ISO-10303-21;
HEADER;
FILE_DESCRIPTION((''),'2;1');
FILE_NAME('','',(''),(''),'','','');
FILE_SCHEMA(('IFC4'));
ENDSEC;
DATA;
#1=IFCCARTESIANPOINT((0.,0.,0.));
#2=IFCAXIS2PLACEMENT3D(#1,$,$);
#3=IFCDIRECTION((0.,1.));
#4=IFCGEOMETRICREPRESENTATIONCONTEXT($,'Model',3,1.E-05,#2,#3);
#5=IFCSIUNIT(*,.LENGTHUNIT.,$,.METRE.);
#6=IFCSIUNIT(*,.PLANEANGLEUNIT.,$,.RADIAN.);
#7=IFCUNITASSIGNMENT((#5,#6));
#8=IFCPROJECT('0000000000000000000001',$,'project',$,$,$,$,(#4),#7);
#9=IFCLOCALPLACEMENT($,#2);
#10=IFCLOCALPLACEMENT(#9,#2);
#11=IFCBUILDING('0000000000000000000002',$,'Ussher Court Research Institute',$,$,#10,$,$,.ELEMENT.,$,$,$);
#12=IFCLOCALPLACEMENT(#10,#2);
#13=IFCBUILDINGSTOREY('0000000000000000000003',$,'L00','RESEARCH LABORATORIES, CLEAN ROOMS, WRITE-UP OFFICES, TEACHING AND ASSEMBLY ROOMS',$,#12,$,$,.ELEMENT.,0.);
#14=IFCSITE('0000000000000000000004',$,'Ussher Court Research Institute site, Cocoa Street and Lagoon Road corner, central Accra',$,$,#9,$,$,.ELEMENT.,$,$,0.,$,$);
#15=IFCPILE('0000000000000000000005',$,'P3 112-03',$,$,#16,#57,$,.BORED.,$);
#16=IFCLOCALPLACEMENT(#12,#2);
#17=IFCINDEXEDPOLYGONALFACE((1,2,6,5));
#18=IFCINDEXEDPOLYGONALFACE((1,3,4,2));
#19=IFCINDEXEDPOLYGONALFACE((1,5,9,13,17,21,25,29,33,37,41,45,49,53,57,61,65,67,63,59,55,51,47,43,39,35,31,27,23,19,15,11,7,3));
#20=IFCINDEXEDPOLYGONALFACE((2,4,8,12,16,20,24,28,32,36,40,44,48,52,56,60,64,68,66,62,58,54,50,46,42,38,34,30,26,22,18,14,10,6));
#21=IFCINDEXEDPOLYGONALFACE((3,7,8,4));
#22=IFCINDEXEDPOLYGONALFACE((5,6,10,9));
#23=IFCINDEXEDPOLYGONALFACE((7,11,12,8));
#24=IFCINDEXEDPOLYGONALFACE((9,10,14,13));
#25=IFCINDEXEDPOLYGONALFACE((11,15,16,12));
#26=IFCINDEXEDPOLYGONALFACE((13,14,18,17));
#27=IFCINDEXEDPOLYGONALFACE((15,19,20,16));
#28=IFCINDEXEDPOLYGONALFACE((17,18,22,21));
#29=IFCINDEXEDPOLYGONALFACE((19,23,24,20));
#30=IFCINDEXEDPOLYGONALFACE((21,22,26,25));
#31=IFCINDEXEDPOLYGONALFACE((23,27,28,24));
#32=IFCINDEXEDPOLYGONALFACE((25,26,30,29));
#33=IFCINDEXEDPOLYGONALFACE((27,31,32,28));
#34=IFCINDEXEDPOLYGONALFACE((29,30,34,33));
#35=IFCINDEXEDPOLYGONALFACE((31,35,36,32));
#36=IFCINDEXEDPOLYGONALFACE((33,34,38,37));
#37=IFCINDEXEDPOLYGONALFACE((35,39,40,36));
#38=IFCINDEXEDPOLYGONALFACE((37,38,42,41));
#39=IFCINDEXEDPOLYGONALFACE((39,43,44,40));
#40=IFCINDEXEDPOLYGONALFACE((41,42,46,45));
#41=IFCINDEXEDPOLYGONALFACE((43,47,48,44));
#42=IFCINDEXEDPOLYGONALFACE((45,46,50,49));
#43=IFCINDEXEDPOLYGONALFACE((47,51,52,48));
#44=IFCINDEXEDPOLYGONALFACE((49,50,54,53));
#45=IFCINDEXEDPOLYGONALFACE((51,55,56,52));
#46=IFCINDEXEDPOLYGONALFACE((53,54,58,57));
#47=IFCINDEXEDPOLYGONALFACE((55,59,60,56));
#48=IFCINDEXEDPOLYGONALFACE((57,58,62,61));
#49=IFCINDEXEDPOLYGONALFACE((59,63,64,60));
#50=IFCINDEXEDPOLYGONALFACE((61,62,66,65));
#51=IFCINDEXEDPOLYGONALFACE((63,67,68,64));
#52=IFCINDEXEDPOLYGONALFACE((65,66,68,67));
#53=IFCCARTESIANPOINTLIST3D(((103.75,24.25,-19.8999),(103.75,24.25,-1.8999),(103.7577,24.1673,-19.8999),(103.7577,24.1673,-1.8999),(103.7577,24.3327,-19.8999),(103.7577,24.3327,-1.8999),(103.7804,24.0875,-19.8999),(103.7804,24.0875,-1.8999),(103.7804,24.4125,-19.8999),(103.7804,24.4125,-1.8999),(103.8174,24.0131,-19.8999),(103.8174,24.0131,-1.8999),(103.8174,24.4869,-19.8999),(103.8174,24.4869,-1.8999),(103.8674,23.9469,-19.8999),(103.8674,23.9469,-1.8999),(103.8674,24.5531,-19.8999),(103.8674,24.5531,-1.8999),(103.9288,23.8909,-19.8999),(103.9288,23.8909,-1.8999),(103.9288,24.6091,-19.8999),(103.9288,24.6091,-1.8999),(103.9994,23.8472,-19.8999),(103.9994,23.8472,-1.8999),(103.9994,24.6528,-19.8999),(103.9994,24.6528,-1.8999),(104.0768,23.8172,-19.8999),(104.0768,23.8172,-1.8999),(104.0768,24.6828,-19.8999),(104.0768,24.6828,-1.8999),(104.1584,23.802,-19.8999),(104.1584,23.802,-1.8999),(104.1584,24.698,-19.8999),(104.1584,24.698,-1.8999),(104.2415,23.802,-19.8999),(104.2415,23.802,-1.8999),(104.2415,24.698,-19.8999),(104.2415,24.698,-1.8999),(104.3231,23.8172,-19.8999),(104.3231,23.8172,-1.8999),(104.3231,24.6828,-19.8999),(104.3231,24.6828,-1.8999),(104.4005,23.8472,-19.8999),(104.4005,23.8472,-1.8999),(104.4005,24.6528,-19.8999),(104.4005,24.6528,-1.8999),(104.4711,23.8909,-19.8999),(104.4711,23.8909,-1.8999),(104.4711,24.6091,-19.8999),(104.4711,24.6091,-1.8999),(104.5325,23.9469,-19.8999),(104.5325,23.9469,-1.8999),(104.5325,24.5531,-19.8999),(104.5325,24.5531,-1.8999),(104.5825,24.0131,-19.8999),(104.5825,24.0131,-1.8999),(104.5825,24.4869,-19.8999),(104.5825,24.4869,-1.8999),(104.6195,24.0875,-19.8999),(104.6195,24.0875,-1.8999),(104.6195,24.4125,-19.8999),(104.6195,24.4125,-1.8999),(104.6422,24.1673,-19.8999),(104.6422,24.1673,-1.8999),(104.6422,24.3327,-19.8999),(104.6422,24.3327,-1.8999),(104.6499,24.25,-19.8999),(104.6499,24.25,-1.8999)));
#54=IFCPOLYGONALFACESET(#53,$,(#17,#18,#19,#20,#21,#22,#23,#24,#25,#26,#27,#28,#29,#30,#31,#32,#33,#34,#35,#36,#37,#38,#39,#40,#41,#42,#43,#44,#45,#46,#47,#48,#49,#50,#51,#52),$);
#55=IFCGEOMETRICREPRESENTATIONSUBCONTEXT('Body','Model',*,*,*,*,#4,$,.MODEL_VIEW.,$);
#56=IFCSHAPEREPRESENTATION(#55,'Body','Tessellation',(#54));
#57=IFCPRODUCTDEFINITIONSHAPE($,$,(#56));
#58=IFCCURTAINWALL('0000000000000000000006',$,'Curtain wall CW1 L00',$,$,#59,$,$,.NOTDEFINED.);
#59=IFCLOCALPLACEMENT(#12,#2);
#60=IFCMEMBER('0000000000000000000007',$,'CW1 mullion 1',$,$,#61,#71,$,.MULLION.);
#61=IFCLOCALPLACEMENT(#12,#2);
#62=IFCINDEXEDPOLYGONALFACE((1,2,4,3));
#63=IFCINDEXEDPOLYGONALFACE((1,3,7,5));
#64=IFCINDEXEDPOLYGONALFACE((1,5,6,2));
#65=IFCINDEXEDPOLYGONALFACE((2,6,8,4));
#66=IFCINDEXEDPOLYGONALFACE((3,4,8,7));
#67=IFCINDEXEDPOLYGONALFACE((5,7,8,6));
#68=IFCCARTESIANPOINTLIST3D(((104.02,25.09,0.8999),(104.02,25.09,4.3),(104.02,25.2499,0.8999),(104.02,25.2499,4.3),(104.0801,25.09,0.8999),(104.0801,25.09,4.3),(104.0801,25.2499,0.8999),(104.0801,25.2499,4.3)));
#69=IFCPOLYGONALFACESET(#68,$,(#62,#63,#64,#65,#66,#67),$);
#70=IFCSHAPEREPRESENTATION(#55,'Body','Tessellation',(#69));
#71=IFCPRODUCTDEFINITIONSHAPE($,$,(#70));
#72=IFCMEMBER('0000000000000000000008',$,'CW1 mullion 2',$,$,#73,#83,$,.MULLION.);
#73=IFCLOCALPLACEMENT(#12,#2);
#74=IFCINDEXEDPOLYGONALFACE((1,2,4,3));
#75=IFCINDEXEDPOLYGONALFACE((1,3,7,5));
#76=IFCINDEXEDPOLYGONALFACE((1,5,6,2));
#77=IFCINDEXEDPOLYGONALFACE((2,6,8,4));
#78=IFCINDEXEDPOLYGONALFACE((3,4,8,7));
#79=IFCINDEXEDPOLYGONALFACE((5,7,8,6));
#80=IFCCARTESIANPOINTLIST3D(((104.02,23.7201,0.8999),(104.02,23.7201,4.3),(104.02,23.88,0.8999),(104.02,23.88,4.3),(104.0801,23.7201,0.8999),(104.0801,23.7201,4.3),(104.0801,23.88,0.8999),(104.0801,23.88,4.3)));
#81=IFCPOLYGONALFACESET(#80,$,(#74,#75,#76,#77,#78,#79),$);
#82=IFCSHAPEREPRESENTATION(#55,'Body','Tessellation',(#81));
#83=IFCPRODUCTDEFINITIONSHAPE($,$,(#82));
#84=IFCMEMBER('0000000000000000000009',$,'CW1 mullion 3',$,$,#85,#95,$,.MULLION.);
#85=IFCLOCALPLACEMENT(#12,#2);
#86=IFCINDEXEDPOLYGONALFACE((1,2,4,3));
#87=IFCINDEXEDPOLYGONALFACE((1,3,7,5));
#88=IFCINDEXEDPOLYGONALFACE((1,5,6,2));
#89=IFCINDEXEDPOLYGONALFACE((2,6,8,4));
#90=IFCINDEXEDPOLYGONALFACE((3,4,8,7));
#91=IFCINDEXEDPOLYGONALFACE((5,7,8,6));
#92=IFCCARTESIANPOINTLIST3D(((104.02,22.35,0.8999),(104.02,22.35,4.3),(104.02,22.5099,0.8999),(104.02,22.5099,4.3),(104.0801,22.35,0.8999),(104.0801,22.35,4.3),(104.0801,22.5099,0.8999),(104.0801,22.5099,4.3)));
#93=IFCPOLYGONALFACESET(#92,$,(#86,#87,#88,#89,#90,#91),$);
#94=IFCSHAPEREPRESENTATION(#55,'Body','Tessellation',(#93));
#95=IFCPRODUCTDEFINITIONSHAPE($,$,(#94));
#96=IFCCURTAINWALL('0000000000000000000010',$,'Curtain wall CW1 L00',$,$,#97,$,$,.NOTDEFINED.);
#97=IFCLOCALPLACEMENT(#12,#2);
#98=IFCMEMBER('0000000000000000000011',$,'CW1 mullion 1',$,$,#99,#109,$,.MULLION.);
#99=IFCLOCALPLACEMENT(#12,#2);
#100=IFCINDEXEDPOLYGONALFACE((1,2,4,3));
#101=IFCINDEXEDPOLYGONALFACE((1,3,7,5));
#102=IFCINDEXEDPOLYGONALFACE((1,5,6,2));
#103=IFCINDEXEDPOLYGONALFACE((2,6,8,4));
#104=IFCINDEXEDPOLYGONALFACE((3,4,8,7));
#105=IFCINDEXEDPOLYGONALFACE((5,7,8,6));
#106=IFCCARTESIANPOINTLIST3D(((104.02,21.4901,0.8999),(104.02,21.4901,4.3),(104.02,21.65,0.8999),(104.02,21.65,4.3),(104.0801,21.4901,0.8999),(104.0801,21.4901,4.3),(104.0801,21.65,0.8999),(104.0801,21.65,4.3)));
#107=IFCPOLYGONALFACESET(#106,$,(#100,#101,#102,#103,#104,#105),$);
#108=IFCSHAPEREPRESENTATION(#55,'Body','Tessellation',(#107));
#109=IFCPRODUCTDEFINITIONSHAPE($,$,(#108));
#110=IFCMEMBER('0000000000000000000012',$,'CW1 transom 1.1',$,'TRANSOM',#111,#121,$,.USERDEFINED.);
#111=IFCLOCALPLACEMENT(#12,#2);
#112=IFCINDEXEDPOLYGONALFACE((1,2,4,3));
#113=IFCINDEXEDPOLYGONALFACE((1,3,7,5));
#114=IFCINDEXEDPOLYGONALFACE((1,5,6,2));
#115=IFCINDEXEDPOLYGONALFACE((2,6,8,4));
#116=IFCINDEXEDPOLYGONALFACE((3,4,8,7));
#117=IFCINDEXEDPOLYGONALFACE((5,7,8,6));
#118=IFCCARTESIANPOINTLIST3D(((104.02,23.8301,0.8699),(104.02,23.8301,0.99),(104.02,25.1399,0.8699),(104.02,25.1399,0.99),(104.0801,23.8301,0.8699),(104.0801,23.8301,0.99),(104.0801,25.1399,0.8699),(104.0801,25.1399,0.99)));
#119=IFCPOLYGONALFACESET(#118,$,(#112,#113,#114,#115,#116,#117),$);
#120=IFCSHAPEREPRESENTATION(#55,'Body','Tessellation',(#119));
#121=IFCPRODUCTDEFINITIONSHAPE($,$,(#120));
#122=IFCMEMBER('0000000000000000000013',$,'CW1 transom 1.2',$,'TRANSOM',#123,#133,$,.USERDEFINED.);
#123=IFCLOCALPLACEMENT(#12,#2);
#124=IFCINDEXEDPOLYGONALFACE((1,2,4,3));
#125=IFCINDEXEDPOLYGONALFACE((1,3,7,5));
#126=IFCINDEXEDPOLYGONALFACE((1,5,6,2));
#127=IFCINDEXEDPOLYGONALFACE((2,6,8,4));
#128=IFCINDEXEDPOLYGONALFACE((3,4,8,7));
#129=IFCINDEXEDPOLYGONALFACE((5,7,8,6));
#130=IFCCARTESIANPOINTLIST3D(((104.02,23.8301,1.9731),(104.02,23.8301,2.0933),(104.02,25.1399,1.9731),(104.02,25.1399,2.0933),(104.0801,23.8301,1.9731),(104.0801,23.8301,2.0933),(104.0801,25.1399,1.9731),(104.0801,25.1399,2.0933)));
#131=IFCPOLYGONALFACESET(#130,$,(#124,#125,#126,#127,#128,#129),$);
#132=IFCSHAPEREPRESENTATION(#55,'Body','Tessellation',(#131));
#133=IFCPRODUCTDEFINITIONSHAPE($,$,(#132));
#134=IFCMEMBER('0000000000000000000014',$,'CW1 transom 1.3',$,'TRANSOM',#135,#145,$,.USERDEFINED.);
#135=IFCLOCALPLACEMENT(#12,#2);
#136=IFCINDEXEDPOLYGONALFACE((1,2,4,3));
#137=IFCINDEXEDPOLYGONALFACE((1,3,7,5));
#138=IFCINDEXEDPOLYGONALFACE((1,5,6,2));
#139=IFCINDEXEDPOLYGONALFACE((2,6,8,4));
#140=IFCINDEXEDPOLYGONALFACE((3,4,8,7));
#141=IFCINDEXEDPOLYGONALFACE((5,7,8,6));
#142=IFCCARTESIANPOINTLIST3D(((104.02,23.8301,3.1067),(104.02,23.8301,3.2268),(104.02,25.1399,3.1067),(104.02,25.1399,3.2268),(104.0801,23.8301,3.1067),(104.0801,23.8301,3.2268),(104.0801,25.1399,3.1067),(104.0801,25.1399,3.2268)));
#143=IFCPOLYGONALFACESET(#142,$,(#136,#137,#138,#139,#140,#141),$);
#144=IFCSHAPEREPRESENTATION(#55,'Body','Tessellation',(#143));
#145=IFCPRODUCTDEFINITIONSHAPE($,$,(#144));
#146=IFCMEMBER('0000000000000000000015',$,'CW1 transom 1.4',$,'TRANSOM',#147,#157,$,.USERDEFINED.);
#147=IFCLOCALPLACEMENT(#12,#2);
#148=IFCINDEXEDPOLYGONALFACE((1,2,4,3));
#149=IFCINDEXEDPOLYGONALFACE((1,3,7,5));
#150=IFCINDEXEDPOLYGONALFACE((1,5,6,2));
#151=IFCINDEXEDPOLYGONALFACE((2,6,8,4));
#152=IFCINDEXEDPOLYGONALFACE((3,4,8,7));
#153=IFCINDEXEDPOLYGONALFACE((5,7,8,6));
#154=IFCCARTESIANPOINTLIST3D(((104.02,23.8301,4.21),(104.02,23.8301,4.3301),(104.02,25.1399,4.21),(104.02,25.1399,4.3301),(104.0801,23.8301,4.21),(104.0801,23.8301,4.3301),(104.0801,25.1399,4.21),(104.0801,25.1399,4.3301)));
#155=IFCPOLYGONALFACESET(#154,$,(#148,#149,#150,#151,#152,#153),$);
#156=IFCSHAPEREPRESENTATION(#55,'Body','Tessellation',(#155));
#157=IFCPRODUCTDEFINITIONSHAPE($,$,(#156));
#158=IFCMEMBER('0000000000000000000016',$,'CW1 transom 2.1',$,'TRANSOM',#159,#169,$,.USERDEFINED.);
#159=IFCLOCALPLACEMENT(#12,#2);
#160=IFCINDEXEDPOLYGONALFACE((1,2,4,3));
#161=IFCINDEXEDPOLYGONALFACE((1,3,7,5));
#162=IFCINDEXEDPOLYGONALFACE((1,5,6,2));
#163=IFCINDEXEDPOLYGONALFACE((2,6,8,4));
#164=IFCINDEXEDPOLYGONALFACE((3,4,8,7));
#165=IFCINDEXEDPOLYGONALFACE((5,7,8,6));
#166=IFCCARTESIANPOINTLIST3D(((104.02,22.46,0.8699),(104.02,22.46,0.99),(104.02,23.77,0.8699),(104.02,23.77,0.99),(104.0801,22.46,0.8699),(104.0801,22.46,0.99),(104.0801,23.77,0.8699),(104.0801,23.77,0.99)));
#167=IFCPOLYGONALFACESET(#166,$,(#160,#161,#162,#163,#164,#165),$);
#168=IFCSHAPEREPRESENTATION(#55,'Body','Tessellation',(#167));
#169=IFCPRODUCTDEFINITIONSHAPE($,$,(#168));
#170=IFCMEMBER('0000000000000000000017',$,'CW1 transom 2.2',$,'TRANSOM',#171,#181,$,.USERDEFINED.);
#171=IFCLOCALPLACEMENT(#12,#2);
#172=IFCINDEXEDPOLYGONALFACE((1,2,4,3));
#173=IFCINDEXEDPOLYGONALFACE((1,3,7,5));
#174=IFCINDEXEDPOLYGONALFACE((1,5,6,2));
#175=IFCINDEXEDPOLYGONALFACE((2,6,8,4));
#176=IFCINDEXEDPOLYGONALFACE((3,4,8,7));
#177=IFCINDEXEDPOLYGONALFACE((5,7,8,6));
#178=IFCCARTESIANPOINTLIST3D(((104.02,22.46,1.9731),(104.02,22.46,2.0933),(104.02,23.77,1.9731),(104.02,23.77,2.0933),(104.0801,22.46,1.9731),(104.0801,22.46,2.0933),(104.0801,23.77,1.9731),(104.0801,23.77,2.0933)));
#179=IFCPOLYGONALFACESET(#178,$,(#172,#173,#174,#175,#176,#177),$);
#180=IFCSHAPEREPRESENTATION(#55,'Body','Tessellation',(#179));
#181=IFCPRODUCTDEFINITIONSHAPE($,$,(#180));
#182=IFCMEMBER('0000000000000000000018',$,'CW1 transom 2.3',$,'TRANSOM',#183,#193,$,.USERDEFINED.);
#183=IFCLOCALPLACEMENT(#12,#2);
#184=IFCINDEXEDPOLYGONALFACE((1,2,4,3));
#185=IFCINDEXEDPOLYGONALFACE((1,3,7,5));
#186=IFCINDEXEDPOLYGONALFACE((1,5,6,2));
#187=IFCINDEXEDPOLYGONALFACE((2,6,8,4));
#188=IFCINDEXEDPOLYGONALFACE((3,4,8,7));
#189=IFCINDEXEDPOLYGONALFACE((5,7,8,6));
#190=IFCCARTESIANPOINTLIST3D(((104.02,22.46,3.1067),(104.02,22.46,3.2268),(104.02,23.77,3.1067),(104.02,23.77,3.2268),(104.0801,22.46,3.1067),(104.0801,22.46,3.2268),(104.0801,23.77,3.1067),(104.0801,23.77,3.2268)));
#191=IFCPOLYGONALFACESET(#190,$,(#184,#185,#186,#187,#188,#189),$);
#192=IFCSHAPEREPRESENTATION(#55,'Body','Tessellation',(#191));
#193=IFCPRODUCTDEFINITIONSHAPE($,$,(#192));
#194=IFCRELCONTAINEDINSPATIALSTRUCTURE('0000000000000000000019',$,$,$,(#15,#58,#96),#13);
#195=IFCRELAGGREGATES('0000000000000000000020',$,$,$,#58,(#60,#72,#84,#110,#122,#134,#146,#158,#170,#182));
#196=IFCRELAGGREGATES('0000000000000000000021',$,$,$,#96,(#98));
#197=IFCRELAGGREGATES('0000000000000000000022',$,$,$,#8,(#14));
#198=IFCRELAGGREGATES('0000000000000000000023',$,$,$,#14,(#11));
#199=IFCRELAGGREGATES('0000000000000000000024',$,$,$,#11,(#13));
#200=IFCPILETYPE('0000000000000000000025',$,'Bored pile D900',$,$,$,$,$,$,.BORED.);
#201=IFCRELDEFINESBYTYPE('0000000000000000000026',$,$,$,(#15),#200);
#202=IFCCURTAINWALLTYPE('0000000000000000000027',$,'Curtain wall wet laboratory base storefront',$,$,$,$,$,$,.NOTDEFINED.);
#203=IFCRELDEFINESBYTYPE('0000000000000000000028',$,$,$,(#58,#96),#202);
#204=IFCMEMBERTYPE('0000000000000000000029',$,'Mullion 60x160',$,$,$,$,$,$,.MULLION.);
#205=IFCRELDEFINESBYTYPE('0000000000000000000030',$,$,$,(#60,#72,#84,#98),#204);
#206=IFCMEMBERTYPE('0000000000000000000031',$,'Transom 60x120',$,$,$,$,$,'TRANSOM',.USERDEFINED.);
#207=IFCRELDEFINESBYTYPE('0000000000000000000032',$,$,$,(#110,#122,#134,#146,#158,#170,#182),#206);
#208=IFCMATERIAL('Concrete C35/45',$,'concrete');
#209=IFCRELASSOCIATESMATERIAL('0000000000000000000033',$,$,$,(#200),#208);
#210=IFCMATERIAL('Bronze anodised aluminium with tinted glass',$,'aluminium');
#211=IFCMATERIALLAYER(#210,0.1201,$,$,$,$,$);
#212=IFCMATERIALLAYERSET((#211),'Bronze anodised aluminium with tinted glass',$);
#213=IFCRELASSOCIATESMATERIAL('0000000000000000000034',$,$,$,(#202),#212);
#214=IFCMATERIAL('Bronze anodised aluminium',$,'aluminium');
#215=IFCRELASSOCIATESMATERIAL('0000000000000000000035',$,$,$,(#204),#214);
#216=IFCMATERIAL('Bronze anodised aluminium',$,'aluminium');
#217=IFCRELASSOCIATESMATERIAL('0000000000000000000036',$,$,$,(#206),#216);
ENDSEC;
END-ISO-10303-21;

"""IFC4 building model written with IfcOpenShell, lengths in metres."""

from ifc_helpers import new_model, si_unit, direction, frame, origin, origin_2d, place, context, subcontext, project, spatial, rectangle, circle, extrude, material, layer, layer_set, material_profile, profile_set, type_object, element, aggregate, save


model = new_model("IFC4")

# Units and contexts
model_context = context("Model", 3, precision=1e-05, world=origin(), true_north=direction((0.0, 1.0)))
body_context = subcontext(model_context, "Body", "Model", "MODEL_VIEW")
ifc_project = project(units=[si_unit("LENGTHUNIT", "METRE"), si_unit("PLANEANGLEUNIT", "RADIAN")], contexts=[model_context])

# Site, building, storey
site_placement = place(None, origin())
site = spatial("IfcSite", under=ifc_project, at=site_placement, Name="Ussher Court Research Institute site, Cocoa Street and Lagoon Road corner, central Accra", CompositionType="ELEMENT", RefElevation=0.0)
building_placement = place(site_placement, origin())
building = spatial("IfcBuilding", under=site, at=building_placement, Name="Ussher Court Research Institute", CompositionType="ELEMENT")
storey_placement = place(building_placement, origin())
storey = spatial("IfcBuildingStorey", under=building, at=storey_placement, Name="L00", Description="RESEARCH LABORATORIES, CLEAN ROOMS, WRITE-UP OFFICES, TEACHING AND ASSEMBLY ROOMS", CompositionType="ELEMENT", Elevation=0.0)

# Pile
ifc_material_1 = material(Name="Concrete C35/45", Category="concrete")
ifc_material_profile_1 = material_profile(ifc_material_1, circle(Radius=0.45, at=origin_2d()), Name="RC D900")
ifc_profile_set_1 = profile_set([ifc_material_profile_1], Name="Concrete C35/45")
pile_type = type_object("IfcPileType", Name="Bored pile D900", PredefinedType="BORED", material=ifc_profile_set_1)
pile_placement = place(storey_placement, frame((104.2, 24.25, -1.8999), z_axis=(0.0, 0.0, -1.0), x_axis=(1.0, 0.0, 0.0)))
element("IfcPile", 1, at=pile_placement, inside=storey, type_object=pile_type, Name="P3 112-03", PredefinedType="BORED", context=body_context, shape_type="SweptSolid", body=[
    extrude(circle(Radius=0.45, at=origin_2d()), origin(), (0.0, 0.0, 1.0), 18.0),
])

# Curtain wall, members
ifc_material_2 = material(Name="Bronze anodised aluminium with tinted glass", Category="aluminium")
ifc_layer_1 = layer(ifc_material_2, 0.1201)
ifc_layer_set_1 = layer_set([ifc_layer_1], Name="Bronze anodised aluminium with tinted glass")
curtain_wall_type = type_object("IfcCurtainWallType", Name="Curtain wall wet laboratory base storefront", PredefinedType="NOTDEFINED", material=ifc_layer_set_1)
curtain_wall_1_placement = place(storey_placement, origin())
curtain_wall_1 = element("IfcCurtainWall", 2, at=curtain_wall_1_placement, inside=storey, type_object=curtain_wall_type, Name="Curtain wall CW1 L00", PredefinedType="NOTDEFINED")
ifc_material_3 = material(Name="Bronze anodised aluminium", Category="aluminium")
ifc_material_profile_2 = material_profile(ifc_material_3, rectangle(XDim=0.0601, YDim=0.1599, at=origin_2d()), Name="Mullion 60x160")
ifc_profile_set_2 = profile_set([ifc_material_profile_2], Name="Bronze anodised aluminium")
member_type_1 = type_object("IfcMemberType", Name="Mullion 60x160", PredefinedType="MULLION", material=ifc_profile_set_2)
member_1_placement = place(storey_placement, frame((104.05, 25.1699, 0.8999), z_axis=(0.0, 0.0, 1.0), x_axis=(1.0, 0.0, 0.0)))
member_1 = element("IfcMember", 3, at=member_1_placement, type_object=member_type_1, Name="CW1 mullion 1", PredefinedType="MULLION", context=body_context, shape_type="SweptSolid", body=[
    extrude(rectangle(XDim=0.0601, YDim=0.1599, at=origin_2d()), origin(), (0.0, 0.0, 1.0), 3.4001),
])
member_2_placement = place(storey_placement, frame((104.05, 23.8, 0.8999), z_axis=(0.0, 0.0, 1.0), x_axis=(1.0, 0.0, 0.0)))
member_2 = element("IfcMember", 4, at=member_2_placement, type_object=member_type_1, Name="CW1 mullion 2", PredefinedType="MULLION", context=body_context, shape_type="SweptSolid", body=[
    extrude(rectangle(XDim=0.0601, YDim=0.1599, at=origin_2d()), origin(), (0.0, 0.0, 1.0), 3.4001),
])
member_3_placement = place(storey_placement, frame((104.05, 22.4299, 0.8999), z_axis=(0.0, 0.0, 1.0), x_axis=(1.0, 0.0, 0.0)))
member_3 = element("IfcMember", 5, at=member_3_placement, type_object=member_type_1, Name="CW1 mullion 3", PredefinedType="MULLION", context=body_context, shape_type="SweptSolid", body=[
    extrude(rectangle(XDim=0.0601, YDim=0.1599, at=origin_2d()), origin(), (0.0, 0.0, 1.0), 3.4001),
])

# Curtain wall, member
curtain_wall_2_placement = place(storey_placement, origin())
curtain_wall_2 = element("IfcCurtainWall", 6, at=curtain_wall_2_placement, inside=storey, type_object=curtain_wall_type, Name="Curtain wall CW1 L00", PredefinedType="NOTDEFINED")
member_4_placement = place(storey_placement, frame((104.05, 21.5701, 0.8999), z_axis=(0.0, 0.0, 1.0), x_axis=(1.0, 0.0, 0.0)))
member_4 = element("IfcMember", 7, at=member_4_placement, type_object=member_type_1, Name="CW1 mullion 1", PredefinedType="MULLION", context=body_context, shape_type="SweptSolid", body=[
    extrude(rectangle(XDim=0.0601, YDim=0.1599, at=origin_2d()), origin(), (0.0, 0.0, 1.0), 3.4001),
])

# Members
ifc_material_4 = material(Name="Bronze anodised aluminium", Category="aluminium")
ifc_material_profile_3 = material_profile(ifc_material_4, rectangle(XDim=0.0601, YDim=0.1201, at=origin_2d()), Name="Transom 60x120")
ifc_profile_set_3 = profile_set([ifc_material_profile_3], Name="Bronze anodised aluminium")
member_type_2 = type_object("IfcMemberType", Name="Transom 60x120", ElementType="TRANSOM", PredefinedType="USERDEFINED", material=ifc_profile_set_3)
member_5_placement = place(storey_placement, frame((104.05, 25.1399, 0.9299), z_axis=(0.0, -1.0, 0.0), x_axis=(1.0, 0.0, 0.0)))
member_5 = element("IfcMember", 8, at=member_5_placement, type_object=member_type_2, Name="CW1 transom 1.1", ObjectType="TRANSOM", PredefinedType="USERDEFINED", context=body_context, shape_type="SweptSolid", body=[
    extrude(rectangle(XDim=0.0601, YDim=0.1201, at=origin_2d()), origin(), (0.0, 0.0, 1.0), 1.3098),
])
member_6_placement = place(storey_placement, frame((104.05, 25.1399, 2.0332), z_axis=(0.0, -1.0, 0.0), x_axis=(1.0, 0.0, 0.0)))
member_6 = element("IfcMember", 9, at=member_6_placement, type_object=member_type_2, Name="CW1 transom 1.2", ObjectType="TRANSOM", PredefinedType="USERDEFINED", context=body_context, shape_type="SweptSolid", body=[
    extrude(rectangle(XDim=0.0601, YDim=0.1201, at=origin_2d()), origin(), (0.0, 0.0, 1.0), 1.3098),
])
member_7_placement = place(storey_placement, frame((104.05, 25.1399, 3.1667), z_axis=(0.0, -1.0, 0.0), x_axis=(1.0, 0.0, 0.0)))
member_7 = element("IfcMember", 10, at=member_7_placement, type_object=member_type_2, Name="CW1 transom 1.3", ObjectType="TRANSOM", PredefinedType="USERDEFINED", context=body_context, shape_type="SweptSolid", body=[
    extrude(rectangle(XDim=0.0601, YDim=0.1201, at=origin_2d()), origin(), (0.0, 0.0, 1.0), 1.3098),
])
member_8_placement = place(storey_placement, frame((104.05, 25.1399, 4.27), z_axis=(0.0, -1.0, 0.0), x_axis=(1.0, 0.0, 0.0)))
member_8 = element("IfcMember", 11, at=member_8_placement, type_object=member_type_2, Name="CW1 transom 1.4", ObjectType="TRANSOM", PredefinedType="USERDEFINED", context=body_context, shape_type="SweptSolid", body=[
    extrude(rectangle(XDim=0.0601, YDim=0.1201, at=origin_2d()), origin(), (0.0, 0.0, 1.0), 1.3098),
])
member_9_placement = place(storey_placement, frame((104.05, 23.77, 0.9299), z_axis=(0.0, -1.0, 0.0), x_axis=(1.0, 0.0, 0.0)))
member_9 = element("IfcMember", 12, at=member_9_placement, type_object=member_type_2, Name="CW1 transom 2.1", ObjectType="TRANSOM", PredefinedType="USERDEFINED", context=body_context, shape_type="SweptSolid", body=[
    extrude(rectangle(XDim=0.0601, YDim=0.1201, at=origin_2d()), origin(), (0.0, 0.0, 1.0), 1.3101),
])
member_10_placement = place(storey_placement, frame((104.05, 23.77, 2.0332), z_axis=(0.0, -1.0, 0.0), x_axis=(1.0, 0.0, 0.0)))
member_10 = element("IfcMember", 13, at=member_10_placement, type_object=member_type_2, Name="CW1 transom 2.2", ObjectType="TRANSOM", PredefinedType="USERDEFINED", context=body_context, shape_type="SweptSolid", body=[
    extrude(rectangle(XDim=0.0601, YDim=0.1201, at=origin_2d()), origin(), (0.0, 0.0, 1.0), 1.3101),
])
member_11_placement = place(storey_placement, frame((104.05, 23.77, 3.1667), z_axis=(0.0, -1.0, 0.0), x_axis=(1.0, 0.0, 0.0)))
member_11 = element("IfcMember", 14, at=member_11_placement, type_object=member_type_2, Name="CW1 transom 2.3", ObjectType="TRANSOM", PredefinedType="USERDEFINED", context=body_context, shape_type="SweptSolid", body=[
    extrude(rectangle(XDim=0.0601, YDim=0.1201, at=origin_2d()), origin(), (0.0, 0.0, 1.0), 1.3101),
])

aggregate(curtain_wall_1, [member_1, member_2, member_3, member_5, member_6, member_7, member_8, member_9, member_10, member_11])
aggregate(curtain_wall_2, [member_4])

save(model, "model.ifc")
